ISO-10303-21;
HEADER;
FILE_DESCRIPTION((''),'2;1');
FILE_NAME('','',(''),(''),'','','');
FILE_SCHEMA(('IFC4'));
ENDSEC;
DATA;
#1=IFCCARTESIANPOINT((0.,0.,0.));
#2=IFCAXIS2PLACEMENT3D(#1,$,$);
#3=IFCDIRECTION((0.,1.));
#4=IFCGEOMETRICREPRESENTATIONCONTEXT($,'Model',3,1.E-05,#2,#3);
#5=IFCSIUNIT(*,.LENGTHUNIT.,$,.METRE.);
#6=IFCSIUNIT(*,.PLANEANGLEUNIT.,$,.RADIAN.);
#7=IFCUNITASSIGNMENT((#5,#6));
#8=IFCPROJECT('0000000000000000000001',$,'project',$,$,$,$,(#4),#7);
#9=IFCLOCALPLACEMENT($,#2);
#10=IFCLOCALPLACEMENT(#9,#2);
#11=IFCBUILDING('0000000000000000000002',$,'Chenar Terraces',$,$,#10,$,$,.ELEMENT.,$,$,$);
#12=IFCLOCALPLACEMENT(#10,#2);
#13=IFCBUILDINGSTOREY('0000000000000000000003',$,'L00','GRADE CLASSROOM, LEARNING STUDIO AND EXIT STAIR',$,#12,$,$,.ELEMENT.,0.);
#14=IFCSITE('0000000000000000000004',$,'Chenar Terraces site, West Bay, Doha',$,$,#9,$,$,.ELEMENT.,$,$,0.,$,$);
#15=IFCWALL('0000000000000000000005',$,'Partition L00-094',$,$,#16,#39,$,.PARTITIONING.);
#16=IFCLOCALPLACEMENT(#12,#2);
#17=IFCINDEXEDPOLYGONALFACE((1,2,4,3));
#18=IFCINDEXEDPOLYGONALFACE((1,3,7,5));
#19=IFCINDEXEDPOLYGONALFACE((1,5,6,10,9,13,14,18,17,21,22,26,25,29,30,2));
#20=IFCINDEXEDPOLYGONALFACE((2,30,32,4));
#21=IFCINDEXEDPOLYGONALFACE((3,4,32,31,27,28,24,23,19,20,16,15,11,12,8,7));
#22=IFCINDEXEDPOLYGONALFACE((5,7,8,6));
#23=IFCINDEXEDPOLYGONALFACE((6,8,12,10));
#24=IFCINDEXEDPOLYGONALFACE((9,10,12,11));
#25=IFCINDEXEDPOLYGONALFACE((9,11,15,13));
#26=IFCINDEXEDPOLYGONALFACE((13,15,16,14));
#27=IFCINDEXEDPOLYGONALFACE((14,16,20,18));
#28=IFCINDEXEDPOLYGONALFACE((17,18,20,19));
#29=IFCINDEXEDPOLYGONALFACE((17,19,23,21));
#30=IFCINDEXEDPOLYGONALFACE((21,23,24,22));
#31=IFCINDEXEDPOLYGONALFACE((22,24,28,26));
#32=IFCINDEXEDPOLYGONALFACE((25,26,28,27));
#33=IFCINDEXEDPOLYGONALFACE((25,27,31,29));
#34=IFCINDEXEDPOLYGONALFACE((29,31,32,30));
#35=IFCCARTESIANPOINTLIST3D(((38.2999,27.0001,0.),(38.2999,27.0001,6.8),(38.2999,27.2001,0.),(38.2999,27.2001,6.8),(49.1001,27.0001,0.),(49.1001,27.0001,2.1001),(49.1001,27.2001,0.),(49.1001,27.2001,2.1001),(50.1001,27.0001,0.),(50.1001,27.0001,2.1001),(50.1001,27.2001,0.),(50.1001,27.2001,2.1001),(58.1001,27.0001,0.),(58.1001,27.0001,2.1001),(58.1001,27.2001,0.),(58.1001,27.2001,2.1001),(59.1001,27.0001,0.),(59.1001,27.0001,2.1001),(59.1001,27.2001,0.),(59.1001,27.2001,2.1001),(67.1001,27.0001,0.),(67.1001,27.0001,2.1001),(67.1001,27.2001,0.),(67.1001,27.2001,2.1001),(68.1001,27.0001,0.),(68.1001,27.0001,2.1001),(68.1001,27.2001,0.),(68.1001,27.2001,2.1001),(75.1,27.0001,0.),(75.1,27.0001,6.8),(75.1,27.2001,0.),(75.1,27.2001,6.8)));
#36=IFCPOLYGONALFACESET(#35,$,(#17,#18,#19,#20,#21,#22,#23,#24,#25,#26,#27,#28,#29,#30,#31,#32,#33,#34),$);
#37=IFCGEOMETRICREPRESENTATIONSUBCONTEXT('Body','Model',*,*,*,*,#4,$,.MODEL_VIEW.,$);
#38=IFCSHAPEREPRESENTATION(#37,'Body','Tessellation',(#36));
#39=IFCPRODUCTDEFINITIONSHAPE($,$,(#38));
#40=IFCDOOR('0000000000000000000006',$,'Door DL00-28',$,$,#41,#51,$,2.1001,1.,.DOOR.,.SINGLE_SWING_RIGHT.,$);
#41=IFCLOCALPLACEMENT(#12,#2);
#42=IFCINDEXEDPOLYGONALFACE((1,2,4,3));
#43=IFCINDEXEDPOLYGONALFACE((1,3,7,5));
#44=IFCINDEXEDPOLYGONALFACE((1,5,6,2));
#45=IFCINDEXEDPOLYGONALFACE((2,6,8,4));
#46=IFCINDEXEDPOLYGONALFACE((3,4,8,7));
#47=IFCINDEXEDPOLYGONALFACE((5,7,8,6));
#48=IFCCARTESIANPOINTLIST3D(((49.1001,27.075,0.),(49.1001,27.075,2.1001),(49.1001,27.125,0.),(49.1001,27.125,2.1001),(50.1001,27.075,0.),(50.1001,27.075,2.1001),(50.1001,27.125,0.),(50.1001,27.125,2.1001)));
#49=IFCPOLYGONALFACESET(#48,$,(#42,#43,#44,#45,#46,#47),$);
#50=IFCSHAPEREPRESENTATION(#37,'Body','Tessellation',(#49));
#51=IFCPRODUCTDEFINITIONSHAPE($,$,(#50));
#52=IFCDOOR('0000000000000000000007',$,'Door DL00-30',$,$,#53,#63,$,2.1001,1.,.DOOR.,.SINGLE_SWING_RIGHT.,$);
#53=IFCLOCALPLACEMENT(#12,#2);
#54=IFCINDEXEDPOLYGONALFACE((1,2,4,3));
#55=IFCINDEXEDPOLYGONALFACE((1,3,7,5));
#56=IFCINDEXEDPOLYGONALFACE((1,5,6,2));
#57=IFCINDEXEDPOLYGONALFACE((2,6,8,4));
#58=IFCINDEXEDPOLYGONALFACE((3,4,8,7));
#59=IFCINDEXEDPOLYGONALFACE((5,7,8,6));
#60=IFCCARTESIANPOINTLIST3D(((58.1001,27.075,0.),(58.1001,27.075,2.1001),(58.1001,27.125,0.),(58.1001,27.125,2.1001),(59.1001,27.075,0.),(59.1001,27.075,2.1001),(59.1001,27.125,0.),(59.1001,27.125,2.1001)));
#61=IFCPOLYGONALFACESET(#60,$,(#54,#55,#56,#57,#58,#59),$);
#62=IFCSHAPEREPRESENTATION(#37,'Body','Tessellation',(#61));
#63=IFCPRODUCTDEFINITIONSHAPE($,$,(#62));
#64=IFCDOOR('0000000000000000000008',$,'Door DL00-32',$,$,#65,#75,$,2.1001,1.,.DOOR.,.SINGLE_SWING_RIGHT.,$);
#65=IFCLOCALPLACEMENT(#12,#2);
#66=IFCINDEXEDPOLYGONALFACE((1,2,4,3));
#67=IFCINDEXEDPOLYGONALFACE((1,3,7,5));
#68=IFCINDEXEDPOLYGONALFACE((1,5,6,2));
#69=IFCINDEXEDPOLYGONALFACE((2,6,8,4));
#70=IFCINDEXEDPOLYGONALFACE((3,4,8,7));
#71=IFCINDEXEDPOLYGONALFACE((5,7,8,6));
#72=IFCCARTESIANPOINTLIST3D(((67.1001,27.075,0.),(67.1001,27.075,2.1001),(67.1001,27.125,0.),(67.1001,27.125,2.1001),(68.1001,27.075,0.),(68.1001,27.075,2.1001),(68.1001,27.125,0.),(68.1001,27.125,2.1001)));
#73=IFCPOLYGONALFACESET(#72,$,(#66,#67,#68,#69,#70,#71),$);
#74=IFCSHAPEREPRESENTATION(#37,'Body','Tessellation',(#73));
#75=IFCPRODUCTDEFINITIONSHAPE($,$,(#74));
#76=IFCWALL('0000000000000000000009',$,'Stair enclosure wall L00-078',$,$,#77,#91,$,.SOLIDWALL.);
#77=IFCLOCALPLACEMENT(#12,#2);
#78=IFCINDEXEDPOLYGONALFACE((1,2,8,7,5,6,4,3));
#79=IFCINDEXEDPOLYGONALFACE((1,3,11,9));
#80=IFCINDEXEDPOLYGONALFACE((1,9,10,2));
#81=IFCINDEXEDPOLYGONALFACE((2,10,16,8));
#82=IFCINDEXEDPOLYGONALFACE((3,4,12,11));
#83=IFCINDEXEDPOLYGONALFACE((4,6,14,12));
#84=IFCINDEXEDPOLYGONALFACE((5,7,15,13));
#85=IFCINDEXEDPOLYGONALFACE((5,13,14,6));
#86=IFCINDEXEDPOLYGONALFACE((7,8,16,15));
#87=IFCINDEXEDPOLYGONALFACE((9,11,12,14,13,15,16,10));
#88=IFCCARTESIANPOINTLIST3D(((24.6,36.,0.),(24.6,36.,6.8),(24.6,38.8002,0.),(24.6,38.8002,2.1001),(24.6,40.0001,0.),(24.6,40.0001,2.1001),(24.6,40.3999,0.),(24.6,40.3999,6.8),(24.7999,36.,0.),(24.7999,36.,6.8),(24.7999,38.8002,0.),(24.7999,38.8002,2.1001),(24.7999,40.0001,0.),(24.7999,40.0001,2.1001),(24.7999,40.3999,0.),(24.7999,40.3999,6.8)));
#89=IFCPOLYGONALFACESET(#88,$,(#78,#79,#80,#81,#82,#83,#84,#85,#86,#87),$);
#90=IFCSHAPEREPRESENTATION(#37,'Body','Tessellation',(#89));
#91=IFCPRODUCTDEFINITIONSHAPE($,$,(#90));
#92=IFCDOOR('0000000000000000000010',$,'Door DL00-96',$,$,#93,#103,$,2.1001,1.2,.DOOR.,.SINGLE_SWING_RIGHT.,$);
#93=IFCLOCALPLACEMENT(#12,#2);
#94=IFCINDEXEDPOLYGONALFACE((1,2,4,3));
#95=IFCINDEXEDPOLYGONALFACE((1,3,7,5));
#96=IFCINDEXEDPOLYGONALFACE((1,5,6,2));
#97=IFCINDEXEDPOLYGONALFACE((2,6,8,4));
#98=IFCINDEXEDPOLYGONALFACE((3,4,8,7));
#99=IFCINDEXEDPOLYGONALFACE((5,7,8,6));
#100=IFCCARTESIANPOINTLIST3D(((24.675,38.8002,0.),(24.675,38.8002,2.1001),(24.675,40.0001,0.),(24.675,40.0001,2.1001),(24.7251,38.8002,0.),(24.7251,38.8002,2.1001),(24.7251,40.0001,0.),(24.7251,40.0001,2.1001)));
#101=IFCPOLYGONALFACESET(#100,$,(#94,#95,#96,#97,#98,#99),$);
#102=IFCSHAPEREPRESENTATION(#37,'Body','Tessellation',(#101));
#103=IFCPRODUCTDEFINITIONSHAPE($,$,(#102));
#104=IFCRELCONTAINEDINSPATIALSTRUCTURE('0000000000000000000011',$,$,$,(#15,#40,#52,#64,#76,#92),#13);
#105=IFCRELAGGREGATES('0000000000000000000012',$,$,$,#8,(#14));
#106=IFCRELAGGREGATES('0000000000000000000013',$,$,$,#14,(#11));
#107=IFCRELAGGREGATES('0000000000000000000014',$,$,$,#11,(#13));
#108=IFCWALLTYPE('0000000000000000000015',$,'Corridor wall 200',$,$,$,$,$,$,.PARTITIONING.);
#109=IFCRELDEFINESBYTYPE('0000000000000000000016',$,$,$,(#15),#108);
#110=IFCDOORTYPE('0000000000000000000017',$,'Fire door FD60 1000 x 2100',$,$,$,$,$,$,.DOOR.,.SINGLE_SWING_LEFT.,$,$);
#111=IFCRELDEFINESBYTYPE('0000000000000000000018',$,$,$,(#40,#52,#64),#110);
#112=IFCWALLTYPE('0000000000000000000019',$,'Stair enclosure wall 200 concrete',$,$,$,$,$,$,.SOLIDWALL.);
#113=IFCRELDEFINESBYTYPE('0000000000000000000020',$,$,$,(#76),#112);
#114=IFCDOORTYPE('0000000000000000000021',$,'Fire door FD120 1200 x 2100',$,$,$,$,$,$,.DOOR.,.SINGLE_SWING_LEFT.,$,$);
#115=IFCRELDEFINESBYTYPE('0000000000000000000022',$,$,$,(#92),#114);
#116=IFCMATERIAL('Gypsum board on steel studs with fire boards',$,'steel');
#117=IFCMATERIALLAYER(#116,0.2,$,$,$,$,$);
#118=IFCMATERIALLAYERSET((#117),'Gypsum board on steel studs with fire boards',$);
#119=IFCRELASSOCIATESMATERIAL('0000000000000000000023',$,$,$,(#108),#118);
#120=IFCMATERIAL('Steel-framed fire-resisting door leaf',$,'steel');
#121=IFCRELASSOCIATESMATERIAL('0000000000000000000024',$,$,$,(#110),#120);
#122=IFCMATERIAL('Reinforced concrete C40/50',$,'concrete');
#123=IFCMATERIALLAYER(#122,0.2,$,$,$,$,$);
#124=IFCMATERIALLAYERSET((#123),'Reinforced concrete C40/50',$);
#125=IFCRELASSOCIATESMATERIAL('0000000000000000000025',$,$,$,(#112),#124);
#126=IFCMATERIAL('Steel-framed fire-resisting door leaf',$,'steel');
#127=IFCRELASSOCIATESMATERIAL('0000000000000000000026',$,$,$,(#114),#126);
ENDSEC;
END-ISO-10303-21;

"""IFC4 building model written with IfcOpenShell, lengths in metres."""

from ifc_helpers import new_model, si_unit, direction, frame, frame_2d, origin, place, context, subcontext, project, spatial, rectangle, extrude, material, layer, layer_set, type_object, element, fill, save


model = new_model("IFC4")

# Units and contexts
model_context = context("Model", 3, precision=1e-05, world=origin(), true_north=direction((0.0, 1.0)))
body_context = subcontext(model_context, "Body", "Model", "MODEL_VIEW")
ifc_project = project(units=[si_unit("LENGTHUNIT", "METRE"), si_unit("PLANEANGLEUNIT", "RADIAN")], contexts=[model_context])

# Site, building, storey
site_placement = place(None, origin())
site = spatial("IfcSite", under=ifc_project, at=site_placement, Name="Chenar Terraces site, West Bay, Doha", CompositionType="ELEMENT", RefElevation=0.0)
building_placement = place(site_placement, origin())
building = spatial("IfcBuilding", under=site, at=building_placement, Name="Chenar Terraces", CompositionType="ELEMENT")
storey_placement = place(building_placement, origin())
storey = spatial("IfcBuildingStorey", under=building, at=storey_placement, Name="L00", Description="GRADE CLASSROOM, LEARNING STUDIO AND EXIT STAIR", CompositionType="ELEMENT", Elevation=0.0)

# Wall, openings, doors
ifc_material_1 = material(Name="Gypsum board on steel studs with fire boards", Category="steel")
ifc_layer_1 = layer(ifc_material_1, 0.2)
ifc_layer_set_1 = layer_set([ifc_layer_1], Name="Gypsum board on steel studs with fire boards")
wall_type_1 = type_object("IfcWallType", Name="Corridor wall 200", PredefinedType="PARTITIONING", material=ifc_layer_set_1)
ifc_material_2 = material(Name="Steel-framed fire-resisting door leaf", Category="steel")
door_type_1 = type_object("IfcDoorType", Name="Fire door FD60 1000 x 2100", OperationType="SINGLE_SWING_LEFT", PredefinedType="DOOR", material=ifc_material_2)
wall_1_placement = place(storey_placement, frame((38.3, 27.1001, 0.0), z_axis=(0.0, 0.0, 1.0), x_axis=(1.0, 0.0, 0.0)))
wall_1 = element("IfcWall", 1, at=wall_1_placement, inside=storey, type_object=wall_type_1, Name="Partition L00-094", PredefinedType="PARTITIONING", context=body_context, shape_type="SweptSolid", body=[
    extrude(rectangle(XDim=36.8, YDim=0.2, at=frame_2d((18.3999, 0.0))), origin(), (0.0, 0.0, 1.0), 6.8),
])
opening_1_placement = place(wall_1_placement, frame((10.8, 0.0, 0.0)))
opening_1 = element("IfcOpeningElement", 2, at=opening_1_placement, cuts=wall_1, PredefinedType="OPENING", context=body_context, shape_type="SweptSolid", body=[
    extrude(rectangle(XDim=1.0, YDim=2.1001, at=frame_2d((0.5, 1.05))), frame((0.0, 0.1099, 0.0), z_axis=(0.0, -1.0, 0.0), x_axis=(1.0, 0.0, 0.0)), (0.0, 0.0, 1.0), 0.22),
])
opening_2_placement = place(wall_1_placement, frame((19.8, 0.0, 0.0)))
opening_2 = element("IfcOpeningElement", 3, at=opening_2_placement, cuts=wall_1, PredefinedType="OPENING", context=body_context, shape_type="SweptSolid", body=[
    extrude(rectangle(XDim=1.0, YDim=2.1001, at=frame_2d((0.5, 1.05))), frame((0.0, 0.1099, 0.0), z_axis=(0.0, -1.0, 0.0), x_axis=(1.0, 0.0, 0.0)), (0.0, 0.0, 1.0), 0.22),
])
opening_3_placement = place(wall_1_placement, frame((28.8, 0.0, 0.0)))
opening_3 = element("IfcOpeningElement", 4, at=opening_3_placement, cuts=wall_1, PredefinedType="OPENING", context=body_context, shape_type="SweptSolid", body=[
    extrude(rectangle(XDim=1.0, YDim=2.1001, at=frame_2d((0.5, 1.05))), frame((0.0, 0.1099, 0.0), z_axis=(0.0, -1.0, 0.0), x_axis=(1.0, 0.0, 0.0)), (0.0, 0.0, 1.0), 0.22),
])
door_1_placement = place(opening_1_placement, origin())
door_1 = element("IfcDoor", 5, at=door_1_placement, inside=storey, type_object=door_type_1, Name="Door DL00-28", OperationType="SINGLE_SWING_RIGHT", OverallHeight=2.1001, OverallWidth=1.0, PredefinedType="DOOR", context=body_context, shape_type="SweptSolid", body=[
    extrude(rectangle(XDim=1.0, YDim=2.1001, at=frame_2d((0.5, 1.05))), frame((0.0, 0.0249, 0.0), z_axis=(0.0, -1.0, 0.0), x_axis=(1.0, 0.0, 0.0)), (0.0, 0.0, 1.0), 0.05),
])
fill(opening_1, door_1)
door_2_placement = place(opening_2_placement, origin())
door_2 = element("IfcDoor", 6, at=door_2_placement, inside=storey, type_object=door_type_1, Name="Door DL00-30", OperationType="SINGLE_SWING_RIGHT", OverallHeight=2.1001, OverallWidth=1.0, PredefinedType="DOOR", context=body_context, shape_type="SweptSolid", body=[
    extrude(rectangle(XDim=1.0, YDim=2.1001, at=frame_2d((0.5, 1.05))), frame((0.0, 0.0249, 0.0), z_axis=(0.0, -1.0, 0.0), x_axis=(1.0, 0.0, 0.0)), (0.0, 0.0, 1.0), 0.05),
])
fill(opening_2, door_2)
door_3_placement = place(opening_3_placement, origin())
door_3 = element("IfcDoor", 7, at=door_3_placement, inside=storey, type_object=door_type_1, Name="Door DL00-32", OperationType="SINGLE_SWING_RIGHT", OverallHeight=2.1001, OverallWidth=1.0, PredefinedType="DOOR", context=body_context, shape_type="SweptSolid", body=[
    extrude(rectangle(XDim=1.0, YDim=2.1001, at=frame_2d((0.5, 1.05))), frame((0.0, 0.0249, 0.0), z_axis=(0.0, -1.0, 0.0), x_axis=(1.0, 0.0, 0.0)), (0.0, 0.0, 1.0), 0.05),
])
fill(opening_3, door_3)

# Wall, opening, door
ifc_material_3 = material(Name="Reinforced concrete C40/50", Category="concrete")
ifc_layer_2 = layer(ifc_material_3, 0.2)
ifc_layer_set_2 = layer_set([ifc_layer_2], Name="Reinforced concrete C40/50")
wall_type_2 = type_object("IfcWallType", Name="Stair enclosure wall 200 concrete", PredefinedType="SOLIDWALL", material=ifc_layer_set_2)
wall_2_placement = place(storey_placement, frame((24.7, 36.0, 0.0), z_axis=(0.0, 0.0, 1.0), x_axis=(0.0, 1.0, 0.0)))
wall_2 = element("IfcWall", 8, at=wall_2_placement, inside=storey, type_object=wall_type_2, Name="Stair enclosure wall L00-078", PredefinedType="SOLIDWALL", context=body_context, shape_type="SweptSolid", body=[
    extrude(rectangle(XDim=4.3999, YDim=0.2, at=frame_2d((2.2, 0.0))), origin(), (0.0, 0.0, 1.0), 6.8),
])
opening_4_placement = place(wall_2_placement, frame((2.8, 0.0, 0.0)))
opening_4 = element("IfcOpeningElement", 9, at=opening_4_placement, cuts=wall_2, PredefinedType="OPENING", context=body_context, shape_type="SweptSolid", body=[
    extrude(rectangle(XDim=1.2, YDim=2.1001, at=frame_2d((0.6001, 1.05))), frame((0.0, 0.1099, 0.0), z_axis=(0.0, -1.0, 0.0), x_axis=(1.0, 0.0, 0.0)), (0.0, 0.0, 1.0), 0.22),
])
ifc_material_4 = material(Name="Steel-framed fire-resisting door leaf", Category="steel")
door_type_2 = type_object("IfcDoorType", Name="Fire door FD120 1200 x 2100", OperationType="SINGLE_SWING_LEFT", PredefinedType="DOOR", material=ifc_material_4)
door_4_placement = place(opening_4_placement, origin())
door_4 = element("IfcDoor", 10, at=door_4_placement, inside=storey, type_object=door_type_2, Name="Door DL00-96", OperationType="SINGLE_SWING_RIGHT", OverallHeight=2.1001, OverallWidth=1.2, PredefinedType="DOOR", context=body_context, shape_type="SweptSolid", body=[
    extrude(rectangle(XDim=1.2, YDim=2.1001, at=frame_2d((0.6001, 1.05))), frame((0.0, 0.0249, 0.0), z_axis=(0.0, -1.0, 0.0), x_axis=(1.0, 0.0, 0.0)), (0.0, 0.0, 1.0), 0.05),
])
fill(opening_4, door_4)

save(model, "model.ifc")
